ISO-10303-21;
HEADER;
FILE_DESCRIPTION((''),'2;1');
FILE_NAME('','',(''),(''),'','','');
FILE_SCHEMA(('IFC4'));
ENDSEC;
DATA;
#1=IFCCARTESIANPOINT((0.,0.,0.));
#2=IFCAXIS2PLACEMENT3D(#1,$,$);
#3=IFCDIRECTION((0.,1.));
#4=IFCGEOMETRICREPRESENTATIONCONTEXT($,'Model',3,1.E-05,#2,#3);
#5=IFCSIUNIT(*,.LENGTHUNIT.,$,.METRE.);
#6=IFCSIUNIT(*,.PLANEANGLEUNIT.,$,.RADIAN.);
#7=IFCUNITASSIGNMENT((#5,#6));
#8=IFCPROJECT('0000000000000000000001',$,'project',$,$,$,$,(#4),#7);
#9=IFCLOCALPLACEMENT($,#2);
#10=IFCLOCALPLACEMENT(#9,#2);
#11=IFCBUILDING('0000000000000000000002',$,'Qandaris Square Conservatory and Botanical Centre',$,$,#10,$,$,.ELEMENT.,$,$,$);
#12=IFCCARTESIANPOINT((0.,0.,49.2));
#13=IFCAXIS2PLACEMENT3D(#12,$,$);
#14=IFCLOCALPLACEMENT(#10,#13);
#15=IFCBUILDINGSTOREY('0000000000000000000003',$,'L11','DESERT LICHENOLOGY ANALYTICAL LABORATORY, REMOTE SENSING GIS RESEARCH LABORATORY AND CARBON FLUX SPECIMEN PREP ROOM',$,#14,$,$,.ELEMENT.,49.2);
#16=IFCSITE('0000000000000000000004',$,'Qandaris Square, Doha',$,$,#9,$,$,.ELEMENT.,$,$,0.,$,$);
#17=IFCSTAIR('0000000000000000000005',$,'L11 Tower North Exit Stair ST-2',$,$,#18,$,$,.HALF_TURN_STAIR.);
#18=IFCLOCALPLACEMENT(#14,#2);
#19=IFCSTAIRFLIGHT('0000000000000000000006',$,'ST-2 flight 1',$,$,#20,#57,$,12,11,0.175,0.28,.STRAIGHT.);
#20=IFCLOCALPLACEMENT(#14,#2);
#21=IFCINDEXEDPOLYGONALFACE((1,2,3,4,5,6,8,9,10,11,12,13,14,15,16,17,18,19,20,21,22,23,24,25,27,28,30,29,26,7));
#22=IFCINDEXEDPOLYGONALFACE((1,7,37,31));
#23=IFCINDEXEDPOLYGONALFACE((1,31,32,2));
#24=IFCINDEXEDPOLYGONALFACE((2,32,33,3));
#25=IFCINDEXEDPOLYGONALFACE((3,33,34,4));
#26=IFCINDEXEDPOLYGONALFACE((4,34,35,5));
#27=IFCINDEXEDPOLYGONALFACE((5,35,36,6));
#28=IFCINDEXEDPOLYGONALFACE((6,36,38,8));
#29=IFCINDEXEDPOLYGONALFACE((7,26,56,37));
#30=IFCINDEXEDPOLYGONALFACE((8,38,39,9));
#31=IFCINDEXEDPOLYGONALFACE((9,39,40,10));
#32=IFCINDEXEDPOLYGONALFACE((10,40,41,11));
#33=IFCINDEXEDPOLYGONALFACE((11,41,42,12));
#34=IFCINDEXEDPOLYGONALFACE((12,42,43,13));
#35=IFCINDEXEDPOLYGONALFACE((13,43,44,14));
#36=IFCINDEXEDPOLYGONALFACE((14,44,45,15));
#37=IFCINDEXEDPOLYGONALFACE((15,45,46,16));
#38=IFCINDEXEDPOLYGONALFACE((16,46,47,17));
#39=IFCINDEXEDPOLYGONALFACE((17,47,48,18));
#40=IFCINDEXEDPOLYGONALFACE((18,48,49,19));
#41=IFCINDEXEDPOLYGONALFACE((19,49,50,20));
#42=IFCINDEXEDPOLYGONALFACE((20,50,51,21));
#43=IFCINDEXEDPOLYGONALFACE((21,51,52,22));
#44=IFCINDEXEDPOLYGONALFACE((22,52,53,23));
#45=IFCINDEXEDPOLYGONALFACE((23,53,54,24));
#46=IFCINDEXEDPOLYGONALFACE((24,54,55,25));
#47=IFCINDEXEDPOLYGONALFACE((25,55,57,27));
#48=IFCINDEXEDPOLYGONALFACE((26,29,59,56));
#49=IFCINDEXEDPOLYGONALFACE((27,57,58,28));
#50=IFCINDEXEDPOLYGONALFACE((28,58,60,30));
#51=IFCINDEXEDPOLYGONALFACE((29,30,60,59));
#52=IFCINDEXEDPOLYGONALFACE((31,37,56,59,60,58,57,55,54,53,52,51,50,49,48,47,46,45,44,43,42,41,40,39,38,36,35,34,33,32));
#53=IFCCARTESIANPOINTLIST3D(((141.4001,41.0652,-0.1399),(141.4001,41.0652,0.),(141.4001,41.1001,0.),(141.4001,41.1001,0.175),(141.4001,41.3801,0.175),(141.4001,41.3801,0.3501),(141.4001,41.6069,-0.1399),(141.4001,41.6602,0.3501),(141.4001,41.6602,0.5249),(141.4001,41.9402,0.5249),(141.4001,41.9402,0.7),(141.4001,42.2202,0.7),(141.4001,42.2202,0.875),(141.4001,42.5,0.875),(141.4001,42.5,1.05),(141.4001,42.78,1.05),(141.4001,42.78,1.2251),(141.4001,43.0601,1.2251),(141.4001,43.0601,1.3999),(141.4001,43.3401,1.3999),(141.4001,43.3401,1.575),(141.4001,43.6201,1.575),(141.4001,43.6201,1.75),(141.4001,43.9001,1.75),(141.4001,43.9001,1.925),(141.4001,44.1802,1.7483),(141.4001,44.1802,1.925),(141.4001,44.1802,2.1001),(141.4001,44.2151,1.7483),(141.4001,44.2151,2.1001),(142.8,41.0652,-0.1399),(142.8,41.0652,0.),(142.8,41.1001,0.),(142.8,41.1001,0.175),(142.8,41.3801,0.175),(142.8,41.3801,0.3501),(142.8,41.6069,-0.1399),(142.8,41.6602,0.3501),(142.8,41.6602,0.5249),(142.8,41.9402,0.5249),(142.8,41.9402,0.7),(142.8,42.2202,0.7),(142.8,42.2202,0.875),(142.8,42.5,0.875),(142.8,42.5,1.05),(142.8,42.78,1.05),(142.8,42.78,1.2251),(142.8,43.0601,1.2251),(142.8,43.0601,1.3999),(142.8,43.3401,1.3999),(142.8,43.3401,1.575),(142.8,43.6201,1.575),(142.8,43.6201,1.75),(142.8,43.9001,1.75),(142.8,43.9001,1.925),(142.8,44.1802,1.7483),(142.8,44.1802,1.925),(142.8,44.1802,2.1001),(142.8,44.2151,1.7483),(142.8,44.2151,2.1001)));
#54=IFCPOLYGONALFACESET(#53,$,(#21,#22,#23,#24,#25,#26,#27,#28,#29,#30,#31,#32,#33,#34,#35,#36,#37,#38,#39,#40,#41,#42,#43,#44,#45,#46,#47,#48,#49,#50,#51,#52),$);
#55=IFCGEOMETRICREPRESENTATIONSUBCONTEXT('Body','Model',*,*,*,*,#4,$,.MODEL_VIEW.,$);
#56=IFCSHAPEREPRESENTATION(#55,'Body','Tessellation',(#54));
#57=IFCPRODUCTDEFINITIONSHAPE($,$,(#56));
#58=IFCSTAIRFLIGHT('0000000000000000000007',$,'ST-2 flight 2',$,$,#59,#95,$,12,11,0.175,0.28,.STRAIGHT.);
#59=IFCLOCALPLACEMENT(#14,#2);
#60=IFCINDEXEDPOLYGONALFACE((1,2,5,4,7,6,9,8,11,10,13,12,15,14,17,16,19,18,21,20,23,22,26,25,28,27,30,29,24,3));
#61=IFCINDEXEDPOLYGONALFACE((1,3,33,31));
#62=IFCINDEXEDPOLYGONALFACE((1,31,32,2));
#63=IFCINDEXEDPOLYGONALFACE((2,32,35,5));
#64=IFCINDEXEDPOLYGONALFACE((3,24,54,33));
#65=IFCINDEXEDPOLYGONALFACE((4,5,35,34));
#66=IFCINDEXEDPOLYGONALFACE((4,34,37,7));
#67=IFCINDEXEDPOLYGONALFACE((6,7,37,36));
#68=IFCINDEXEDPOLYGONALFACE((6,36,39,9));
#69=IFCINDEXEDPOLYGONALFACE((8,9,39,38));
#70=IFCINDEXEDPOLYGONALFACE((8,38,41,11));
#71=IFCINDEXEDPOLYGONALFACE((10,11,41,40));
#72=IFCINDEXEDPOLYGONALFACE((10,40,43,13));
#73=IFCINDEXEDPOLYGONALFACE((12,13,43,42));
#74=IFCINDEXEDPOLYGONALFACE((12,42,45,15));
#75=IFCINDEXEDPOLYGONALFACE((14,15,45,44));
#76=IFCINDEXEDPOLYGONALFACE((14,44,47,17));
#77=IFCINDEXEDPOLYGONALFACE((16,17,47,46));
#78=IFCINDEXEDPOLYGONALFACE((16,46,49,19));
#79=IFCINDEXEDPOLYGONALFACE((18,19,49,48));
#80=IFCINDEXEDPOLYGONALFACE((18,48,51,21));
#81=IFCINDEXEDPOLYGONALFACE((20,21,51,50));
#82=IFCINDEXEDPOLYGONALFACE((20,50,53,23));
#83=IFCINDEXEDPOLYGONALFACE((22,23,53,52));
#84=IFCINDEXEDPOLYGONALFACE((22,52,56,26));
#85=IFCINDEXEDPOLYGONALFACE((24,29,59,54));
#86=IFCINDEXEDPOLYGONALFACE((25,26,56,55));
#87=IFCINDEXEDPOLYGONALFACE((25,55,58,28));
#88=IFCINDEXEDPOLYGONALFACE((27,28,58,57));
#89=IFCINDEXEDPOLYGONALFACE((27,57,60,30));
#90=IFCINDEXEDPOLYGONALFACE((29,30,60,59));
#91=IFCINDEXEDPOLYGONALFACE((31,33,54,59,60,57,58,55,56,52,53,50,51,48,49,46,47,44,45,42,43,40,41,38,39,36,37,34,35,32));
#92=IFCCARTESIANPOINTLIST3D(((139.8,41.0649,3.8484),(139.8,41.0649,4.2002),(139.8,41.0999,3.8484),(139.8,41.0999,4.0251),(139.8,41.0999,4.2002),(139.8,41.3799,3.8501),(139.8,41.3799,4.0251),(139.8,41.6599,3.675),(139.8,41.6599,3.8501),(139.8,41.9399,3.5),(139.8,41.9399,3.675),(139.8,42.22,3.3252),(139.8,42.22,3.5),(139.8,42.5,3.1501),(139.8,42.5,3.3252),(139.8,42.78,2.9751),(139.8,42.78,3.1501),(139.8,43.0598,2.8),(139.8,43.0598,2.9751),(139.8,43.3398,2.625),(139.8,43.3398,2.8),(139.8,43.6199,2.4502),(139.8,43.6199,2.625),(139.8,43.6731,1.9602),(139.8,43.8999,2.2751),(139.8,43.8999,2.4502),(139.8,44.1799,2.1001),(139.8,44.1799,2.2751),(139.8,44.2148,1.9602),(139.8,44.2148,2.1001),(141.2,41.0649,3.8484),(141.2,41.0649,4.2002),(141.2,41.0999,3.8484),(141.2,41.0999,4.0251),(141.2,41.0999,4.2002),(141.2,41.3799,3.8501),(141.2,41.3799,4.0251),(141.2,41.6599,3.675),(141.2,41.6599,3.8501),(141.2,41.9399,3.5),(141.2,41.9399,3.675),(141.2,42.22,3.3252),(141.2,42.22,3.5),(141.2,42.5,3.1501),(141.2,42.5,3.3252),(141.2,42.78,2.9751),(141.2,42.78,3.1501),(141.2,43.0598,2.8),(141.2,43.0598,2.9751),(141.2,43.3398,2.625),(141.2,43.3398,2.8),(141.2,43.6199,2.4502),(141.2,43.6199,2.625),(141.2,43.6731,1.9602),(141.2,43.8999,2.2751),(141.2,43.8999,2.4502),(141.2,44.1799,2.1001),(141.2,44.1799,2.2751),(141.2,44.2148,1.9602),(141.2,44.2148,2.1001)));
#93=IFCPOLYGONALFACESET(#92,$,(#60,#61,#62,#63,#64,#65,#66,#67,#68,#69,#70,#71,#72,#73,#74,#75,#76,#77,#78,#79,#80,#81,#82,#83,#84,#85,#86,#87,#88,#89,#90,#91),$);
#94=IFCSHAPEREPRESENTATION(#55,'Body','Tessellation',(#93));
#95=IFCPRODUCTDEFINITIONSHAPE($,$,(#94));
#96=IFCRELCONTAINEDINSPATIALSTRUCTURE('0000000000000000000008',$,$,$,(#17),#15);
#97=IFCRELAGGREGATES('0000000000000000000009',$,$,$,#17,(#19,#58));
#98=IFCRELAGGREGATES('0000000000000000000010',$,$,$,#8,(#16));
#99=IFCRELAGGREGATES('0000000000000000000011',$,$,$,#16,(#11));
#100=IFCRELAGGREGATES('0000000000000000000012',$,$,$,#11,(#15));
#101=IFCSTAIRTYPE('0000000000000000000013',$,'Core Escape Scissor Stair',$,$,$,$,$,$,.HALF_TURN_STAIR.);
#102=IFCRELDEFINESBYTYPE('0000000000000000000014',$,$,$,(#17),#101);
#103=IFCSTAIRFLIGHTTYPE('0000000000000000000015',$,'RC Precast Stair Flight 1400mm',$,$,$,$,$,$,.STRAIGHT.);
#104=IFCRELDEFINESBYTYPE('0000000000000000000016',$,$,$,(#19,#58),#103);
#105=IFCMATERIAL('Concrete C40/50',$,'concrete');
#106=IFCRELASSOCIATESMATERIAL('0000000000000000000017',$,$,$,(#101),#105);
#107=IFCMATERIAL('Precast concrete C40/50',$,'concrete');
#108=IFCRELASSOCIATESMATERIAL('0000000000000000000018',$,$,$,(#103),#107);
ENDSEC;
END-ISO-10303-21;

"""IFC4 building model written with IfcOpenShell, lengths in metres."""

from ifc_helpers import new_model, si_unit, direction, frame, origin, place, context, subcontext, project, spatial, polyline, outline, extrude, material, type_object, element, aggregate, save


model = new_model("IFC4")

# Units and contexts
model_context = context("Model", 3, precision=1e-05, world=origin(), true_north=direction((0.0, 1.0)))
body_context = subcontext(model_context, "Body", "Model", "MODEL_VIEW")
ifc_project = project(units=[si_unit("LENGTHUNIT", "METRE"), si_unit("PLANEANGLEUNIT", "RADIAN")], contexts=[model_context])

# Site, building, storey
site_placement = place(None, origin())
site = spatial("IfcSite", under=ifc_project, at=site_placement, Name="Qandaris Square, Doha", CompositionType="ELEMENT", RefElevation=0.0)
building_placement = place(site_placement, origin())
building = spatial("IfcBuilding", under=site, at=building_placement, Name="Qandaris Square Conservatory and Botanical Centre", CompositionType="ELEMENT")
storey_placement = place(building_placement, frame((0.0, 0.0, 49.2)))
storey = spatial("IfcBuildingStorey", under=building, at=storey_placement, Name="L11", Description="DESERT LICHENOLOGY ANALYTICAL LABORATORY, REMOTE SENSING GIS RESEARCH LABORATORY AND CARBON FLUX SPECIMEN PREP ROOM", CompositionType="ELEMENT", Elevation=49.2)

# Shared definitions
ifc_material_1 = material(Name="Precast concrete C40/50", Category="concrete")

# Shared definitions
ifc_material_2 = material(Name="Concrete C40/50", Category="concrete")

# Stair, stair flights
stair_type = type_object("IfcStairType", Name="Core Escape Scissor Stair", PredefinedType="HALF_TURN_STAIR", material=ifc_material_2)
stair_placement = place(storey_placement, origin())
stair = element("IfcStair", 1, at=stair_placement, inside=storey, type_object=stair_type, Name="L11 Tower North Exit Stair ST-2", PredefinedType="HALF_TURN_STAIR")
stair_flight_type = type_object("IfcStairFlightType", Name="RC Precast Stair Flight 1400mm", PredefinedType="STRAIGHT", material=ifc_material_1)
stair_flight_1_placement = place(storey_placement, frame((142.1001, 41.1001, 0.0), z_axis=(0.0, 0.0, 1.0), x_axis=(0.0, 1.0, 0.0)))
stair_flight_1 = element("IfcStairFlight", 2, at=stair_flight_1_placement, type_object=stair_flight_type, Name="ST-2 flight 1", NumberOfRisers=12, NumberOfTreads=11, PredefinedType="STRAIGHT", RiserHeight=0.175, TreadLength=0.28, context=body_context, shape_type="SweptSolid", body=[
    extrude(outline(polyline([(-0.0349, 0.0), (0.0, 0.0), (0.0, 0.175), (0.28, 0.175), (0.28, 0.3501), (0.5601, 0.3501), (0.5601, 0.5249), (0.8401, 0.5249), (0.8401, 0.7), (1.1201, 0.7), (1.1201, 0.875), (1.3999, 0.875), (1.3999, 1.05), (1.6799, 1.05), (1.6799, 1.2251), (1.96, 1.2251), (1.96, 1.3999), (2.24, 1.3999), (2.24, 1.575), (2.52, 1.575), (2.52, 1.75), (2.8, 1.75), (2.8, 1.925), (3.0801, 1.925), (3.0801, 2.1001), (3.115, 2.1001), (3.115, 1.7483), (3.0801, 1.7483), (0.5068, -0.1399), (-0.0349, -0.1399), (-0.0349, 0.0)])), frame((0.0, 0.7, 0.0), z_axis=(0.0, -1.0, 0.0), x_axis=(1.0, 0.0, 0.0)), (0.0, 0.0, 1.0), 1.3999),
])
stair_flight_2_placement = place(storey_placement, frame((140.5, 44.1799, 2.1001), z_axis=(0.0, 0.0, 1.0), x_axis=(0.0, -1.0, 0.0)))
stair_flight_2 = element("IfcStairFlight", 3, at=stair_flight_2_placement, type_object=stair_flight_type, Name="ST-2 flight 2", NumberOfRisers=12, NumberOfTreads=11, PredefinedType="STRAIGHT", RiserHeight=0.175, TreadLength=0.28, context=body_context, shape_type="SweptSolid", body=[
    extrude(outline(polyline([(-0.0349, 0.0), (0.0, 0.0), (0.0, 0.175), (0.28, 0.175), (0.28, 0.3501), (0.5601, 0.3501), (0.5601, 0.5249), (0.8401, 0.5249), (0.8401, 0.7), (1.1201, 0.7), (1.1201, 0.875), (1.3999, 0.875), (1.3999, 1.05), (1.6799, 1.05), (1.6799, 1.2251), (1.96, 1.2251), (1.96, 1.3999), (2.24, 1.3999), (2.24, 1.575), (2.52, 1.575), (2.52, 1.75), (2.8, 1.75), (2.8, 1.925), (3.0801, 1.925), (3.0801, 2.1001), (3.115, 2.1001), (3.115, 1.7483), (3.0801, 1.7483), (0.5068, -0.1399), (-0.0349, -0.1399), (-0.0349, 0.0)])), frame((0.0, 0.7, 0.0), z_axis=(0.0, -1.0, 0.0), x_axis=(1.0, 0.0, 0.0)), (0.0, 0.0, 1.0), 1.3999),
])
aggregate(stair, [stair_flight_1, stair_flight_2])

save(model, "model.ifc")
